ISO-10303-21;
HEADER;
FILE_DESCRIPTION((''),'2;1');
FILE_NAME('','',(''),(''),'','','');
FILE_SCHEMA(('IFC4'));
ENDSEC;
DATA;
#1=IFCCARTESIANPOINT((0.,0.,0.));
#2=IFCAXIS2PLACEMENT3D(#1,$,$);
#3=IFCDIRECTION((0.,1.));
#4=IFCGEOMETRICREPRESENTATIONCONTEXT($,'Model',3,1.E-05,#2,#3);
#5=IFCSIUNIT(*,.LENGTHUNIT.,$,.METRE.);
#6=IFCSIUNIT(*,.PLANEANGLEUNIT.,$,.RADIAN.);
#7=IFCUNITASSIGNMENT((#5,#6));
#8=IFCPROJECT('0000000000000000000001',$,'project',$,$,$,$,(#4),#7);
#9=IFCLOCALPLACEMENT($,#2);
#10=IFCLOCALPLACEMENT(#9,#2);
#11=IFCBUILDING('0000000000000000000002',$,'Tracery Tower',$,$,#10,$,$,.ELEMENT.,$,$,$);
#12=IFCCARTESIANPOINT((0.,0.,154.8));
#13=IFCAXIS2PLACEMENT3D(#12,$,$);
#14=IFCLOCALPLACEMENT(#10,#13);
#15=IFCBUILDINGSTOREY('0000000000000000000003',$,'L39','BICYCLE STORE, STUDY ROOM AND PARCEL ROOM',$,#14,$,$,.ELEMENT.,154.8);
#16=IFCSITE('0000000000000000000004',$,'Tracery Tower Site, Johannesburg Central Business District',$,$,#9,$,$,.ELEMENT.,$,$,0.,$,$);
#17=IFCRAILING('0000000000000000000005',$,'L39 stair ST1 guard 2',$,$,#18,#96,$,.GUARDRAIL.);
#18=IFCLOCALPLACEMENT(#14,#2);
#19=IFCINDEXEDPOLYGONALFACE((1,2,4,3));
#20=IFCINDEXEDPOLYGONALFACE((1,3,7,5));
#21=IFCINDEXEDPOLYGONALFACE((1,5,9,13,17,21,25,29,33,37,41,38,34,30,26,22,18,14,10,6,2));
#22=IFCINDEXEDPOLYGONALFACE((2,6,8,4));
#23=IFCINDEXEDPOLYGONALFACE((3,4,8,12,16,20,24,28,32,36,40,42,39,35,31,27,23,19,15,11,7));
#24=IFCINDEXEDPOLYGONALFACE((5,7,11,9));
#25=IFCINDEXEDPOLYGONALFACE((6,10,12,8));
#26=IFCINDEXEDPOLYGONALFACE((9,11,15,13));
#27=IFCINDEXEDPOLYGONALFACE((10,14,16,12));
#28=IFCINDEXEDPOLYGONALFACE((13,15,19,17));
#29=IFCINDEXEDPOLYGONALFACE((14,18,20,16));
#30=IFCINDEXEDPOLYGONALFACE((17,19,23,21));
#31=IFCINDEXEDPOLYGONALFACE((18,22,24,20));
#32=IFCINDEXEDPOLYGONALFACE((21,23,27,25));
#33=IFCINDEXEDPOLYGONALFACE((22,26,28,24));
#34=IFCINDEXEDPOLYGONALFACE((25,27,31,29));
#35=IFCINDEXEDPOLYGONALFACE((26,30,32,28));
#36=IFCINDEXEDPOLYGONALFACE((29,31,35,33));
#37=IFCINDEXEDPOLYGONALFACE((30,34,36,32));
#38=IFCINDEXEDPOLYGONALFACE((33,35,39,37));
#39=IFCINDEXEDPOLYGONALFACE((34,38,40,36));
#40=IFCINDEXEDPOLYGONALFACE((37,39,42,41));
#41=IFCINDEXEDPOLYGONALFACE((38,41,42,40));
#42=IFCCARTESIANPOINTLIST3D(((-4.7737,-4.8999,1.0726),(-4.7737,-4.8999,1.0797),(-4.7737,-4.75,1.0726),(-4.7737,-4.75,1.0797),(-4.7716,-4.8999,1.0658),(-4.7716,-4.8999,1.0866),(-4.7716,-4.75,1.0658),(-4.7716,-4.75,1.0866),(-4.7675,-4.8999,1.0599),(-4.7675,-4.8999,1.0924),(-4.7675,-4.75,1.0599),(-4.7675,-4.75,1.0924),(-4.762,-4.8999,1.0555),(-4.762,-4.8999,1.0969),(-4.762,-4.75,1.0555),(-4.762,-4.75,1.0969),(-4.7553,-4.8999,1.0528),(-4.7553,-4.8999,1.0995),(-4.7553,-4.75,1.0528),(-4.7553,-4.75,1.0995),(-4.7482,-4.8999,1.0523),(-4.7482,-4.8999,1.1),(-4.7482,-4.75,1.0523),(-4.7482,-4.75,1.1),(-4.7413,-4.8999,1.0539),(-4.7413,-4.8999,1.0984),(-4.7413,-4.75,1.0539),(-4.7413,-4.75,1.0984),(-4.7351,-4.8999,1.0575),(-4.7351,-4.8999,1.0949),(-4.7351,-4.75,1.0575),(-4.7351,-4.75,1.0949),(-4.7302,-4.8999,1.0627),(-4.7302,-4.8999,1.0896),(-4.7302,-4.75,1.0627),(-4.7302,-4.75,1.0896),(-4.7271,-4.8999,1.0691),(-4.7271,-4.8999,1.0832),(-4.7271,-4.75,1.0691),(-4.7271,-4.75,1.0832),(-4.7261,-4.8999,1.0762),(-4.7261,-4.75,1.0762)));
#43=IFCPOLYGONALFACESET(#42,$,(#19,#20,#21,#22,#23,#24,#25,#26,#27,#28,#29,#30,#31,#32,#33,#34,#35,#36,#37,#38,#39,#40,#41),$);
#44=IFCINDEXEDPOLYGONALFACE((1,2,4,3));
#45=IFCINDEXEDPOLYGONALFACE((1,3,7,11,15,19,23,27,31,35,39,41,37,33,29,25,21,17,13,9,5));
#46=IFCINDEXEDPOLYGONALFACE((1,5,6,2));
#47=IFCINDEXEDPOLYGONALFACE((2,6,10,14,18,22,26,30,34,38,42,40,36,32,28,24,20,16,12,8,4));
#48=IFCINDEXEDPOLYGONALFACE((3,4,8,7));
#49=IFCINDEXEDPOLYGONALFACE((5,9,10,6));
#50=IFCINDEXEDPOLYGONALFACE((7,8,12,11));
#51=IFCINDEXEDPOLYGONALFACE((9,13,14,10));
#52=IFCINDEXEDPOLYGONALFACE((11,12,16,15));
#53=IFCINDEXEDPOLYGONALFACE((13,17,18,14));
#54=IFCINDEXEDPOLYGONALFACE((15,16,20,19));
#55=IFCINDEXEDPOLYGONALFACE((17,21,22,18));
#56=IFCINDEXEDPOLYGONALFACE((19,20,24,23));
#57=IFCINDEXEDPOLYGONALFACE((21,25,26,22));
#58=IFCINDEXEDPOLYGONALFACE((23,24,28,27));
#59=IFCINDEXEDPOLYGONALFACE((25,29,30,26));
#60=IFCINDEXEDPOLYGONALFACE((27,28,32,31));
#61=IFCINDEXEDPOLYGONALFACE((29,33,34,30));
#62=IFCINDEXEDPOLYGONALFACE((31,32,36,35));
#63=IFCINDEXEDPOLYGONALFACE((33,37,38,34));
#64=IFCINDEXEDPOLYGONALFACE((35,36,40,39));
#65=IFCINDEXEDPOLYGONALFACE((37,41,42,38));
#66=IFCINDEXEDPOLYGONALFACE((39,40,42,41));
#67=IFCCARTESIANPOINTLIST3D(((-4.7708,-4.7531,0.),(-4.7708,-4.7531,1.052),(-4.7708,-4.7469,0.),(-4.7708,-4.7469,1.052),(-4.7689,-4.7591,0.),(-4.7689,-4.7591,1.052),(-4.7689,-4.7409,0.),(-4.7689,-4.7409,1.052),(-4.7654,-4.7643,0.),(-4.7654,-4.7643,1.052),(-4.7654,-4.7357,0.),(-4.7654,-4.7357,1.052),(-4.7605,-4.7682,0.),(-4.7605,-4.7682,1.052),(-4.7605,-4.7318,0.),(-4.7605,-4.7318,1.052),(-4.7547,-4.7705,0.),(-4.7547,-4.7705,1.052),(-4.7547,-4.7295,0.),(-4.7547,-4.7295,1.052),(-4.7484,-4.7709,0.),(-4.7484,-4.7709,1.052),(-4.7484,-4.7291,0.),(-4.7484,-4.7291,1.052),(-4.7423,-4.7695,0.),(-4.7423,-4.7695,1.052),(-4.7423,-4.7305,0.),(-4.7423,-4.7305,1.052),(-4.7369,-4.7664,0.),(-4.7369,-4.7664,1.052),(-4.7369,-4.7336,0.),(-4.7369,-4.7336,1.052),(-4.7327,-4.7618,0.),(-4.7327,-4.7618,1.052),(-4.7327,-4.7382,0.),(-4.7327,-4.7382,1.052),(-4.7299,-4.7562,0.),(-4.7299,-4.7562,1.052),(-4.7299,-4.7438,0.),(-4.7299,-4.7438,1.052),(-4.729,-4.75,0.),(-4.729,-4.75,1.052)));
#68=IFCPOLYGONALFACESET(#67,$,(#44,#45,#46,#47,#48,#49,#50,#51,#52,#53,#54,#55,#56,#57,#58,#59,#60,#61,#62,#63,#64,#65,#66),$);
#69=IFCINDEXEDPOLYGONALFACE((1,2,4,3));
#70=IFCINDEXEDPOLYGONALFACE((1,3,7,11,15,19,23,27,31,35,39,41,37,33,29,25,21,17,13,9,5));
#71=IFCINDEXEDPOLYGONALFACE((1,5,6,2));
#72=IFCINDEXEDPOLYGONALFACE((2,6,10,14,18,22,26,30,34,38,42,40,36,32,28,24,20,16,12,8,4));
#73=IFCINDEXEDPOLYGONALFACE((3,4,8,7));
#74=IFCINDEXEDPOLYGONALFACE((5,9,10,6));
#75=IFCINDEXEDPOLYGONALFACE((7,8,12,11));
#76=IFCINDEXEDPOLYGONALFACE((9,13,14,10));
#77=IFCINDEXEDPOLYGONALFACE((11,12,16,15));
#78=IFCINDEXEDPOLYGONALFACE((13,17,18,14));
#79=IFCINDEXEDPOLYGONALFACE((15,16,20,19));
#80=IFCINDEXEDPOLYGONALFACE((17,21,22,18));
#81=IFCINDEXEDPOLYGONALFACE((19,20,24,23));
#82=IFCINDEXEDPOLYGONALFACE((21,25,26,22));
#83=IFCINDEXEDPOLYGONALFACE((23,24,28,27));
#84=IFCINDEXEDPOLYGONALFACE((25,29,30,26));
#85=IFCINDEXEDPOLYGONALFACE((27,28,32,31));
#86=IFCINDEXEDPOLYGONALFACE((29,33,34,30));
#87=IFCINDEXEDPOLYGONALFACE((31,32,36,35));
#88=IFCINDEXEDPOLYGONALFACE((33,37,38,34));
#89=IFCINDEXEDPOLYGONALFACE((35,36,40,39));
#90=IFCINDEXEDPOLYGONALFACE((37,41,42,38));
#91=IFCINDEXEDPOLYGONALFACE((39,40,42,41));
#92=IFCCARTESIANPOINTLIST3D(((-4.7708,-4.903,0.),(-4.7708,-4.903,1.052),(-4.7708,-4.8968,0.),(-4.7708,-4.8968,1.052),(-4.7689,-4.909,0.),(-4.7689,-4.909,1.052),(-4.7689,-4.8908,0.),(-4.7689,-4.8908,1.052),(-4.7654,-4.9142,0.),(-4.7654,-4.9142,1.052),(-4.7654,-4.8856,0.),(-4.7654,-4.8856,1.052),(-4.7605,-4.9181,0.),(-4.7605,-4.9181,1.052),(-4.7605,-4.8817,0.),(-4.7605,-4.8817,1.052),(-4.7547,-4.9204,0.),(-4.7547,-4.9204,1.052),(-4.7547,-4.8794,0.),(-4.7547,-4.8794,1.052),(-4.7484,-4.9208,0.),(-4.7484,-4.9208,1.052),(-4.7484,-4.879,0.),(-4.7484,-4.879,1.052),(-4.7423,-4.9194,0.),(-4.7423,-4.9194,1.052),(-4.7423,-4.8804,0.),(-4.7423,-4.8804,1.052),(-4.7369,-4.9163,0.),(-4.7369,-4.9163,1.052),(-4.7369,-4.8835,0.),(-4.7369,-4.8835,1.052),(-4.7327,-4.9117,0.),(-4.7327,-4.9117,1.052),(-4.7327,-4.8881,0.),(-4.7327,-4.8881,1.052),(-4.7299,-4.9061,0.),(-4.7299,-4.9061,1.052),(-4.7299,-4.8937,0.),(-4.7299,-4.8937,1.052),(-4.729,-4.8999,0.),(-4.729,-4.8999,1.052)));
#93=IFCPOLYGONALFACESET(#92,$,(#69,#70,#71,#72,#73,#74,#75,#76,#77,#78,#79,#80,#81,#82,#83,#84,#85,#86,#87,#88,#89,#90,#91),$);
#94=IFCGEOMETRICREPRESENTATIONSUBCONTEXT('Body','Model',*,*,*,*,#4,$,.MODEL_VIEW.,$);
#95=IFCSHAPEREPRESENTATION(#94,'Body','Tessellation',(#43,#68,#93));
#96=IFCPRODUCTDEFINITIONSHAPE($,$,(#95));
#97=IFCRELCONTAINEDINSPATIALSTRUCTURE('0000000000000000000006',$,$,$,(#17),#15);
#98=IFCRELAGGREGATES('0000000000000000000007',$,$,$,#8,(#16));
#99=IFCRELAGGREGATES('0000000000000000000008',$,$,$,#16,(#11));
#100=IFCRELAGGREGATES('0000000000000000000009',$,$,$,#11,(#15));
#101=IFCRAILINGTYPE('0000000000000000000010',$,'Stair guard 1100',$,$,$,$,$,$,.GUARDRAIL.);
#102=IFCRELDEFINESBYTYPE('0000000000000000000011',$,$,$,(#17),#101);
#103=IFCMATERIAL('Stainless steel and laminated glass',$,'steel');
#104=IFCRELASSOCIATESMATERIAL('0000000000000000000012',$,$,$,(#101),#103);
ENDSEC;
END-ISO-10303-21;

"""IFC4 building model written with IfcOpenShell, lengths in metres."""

from ifc_helpers import new_model, si_unit, direction, frame, origin, origin_2d, place, context, subcontext, project, spatial, circle, extrude, material, type_object, element, save


model = new_model("IFC4")

# Units and contexts
model_context = context("Model", 3, precision=1e-05, world=origin(), true_north=direction((0.0, 1.0)))
body_context = subcontext(model_context, "Body", "Model", "MODEL_VIEW")
ifc_project = project(units=[si_unit("LENGTHUNIT", "METRE"), si_unit("PLANEANGLEUNIT", "RADIAN")], contexts=[model_context])

# Site, building, storey
site_placement = place(None, origin())
site = spatial("IfcSite", under=ifc_project, at=site_placement, Name="Tracery Tower Site, Johannesburg Central Business District", CompositionType="ELEMENT", RefElevation=0.0)
building_placement = place(site_placement, origin())
building = spatial("IfcBuilding", under=site, at=building_placement, Name="Tracery Tower", CompositionType="ELEMENT")
storey_placement = place(building_placement, frame((0.0, 0.0, 154.8)))
storey = spatial("IfcBuildingStorey", under=building, at=storey_placement, Name="L39", Description="BICYCLE STORE, STUDY ROOM AND PARCEL ROOM", CompositionType="ELEMENT", Elevation=154.8)

# Railing
ifc_material_1 = material(Name="Stainless steel and laminated glass", Category="steel")
railing_type_1 = type_object("IfcRailingType", Name="Stair guard 1100", PredefinedType="GUARDRAIL", material=ifc_material_1)
railing_1_placement = place(storey_placement, frame((-4.75, -4.75, 0.0)))
element("IfcRailing", 1, at=railing_1_placement, inside=storey, type_object=railing_type_1, Name="L39 stair ST1 guard 2", PredefinedType="GUARDRAIL", context=body_context, shape_type="SweptSolid", body=[
    extrude(circle(Radius=0.0239, at=origin_2d()), frame((0.0, 0.0, 1.0762), z_axis=(0.0, -1.0, 0.0), x_axis=(1.0, 0.0, 0.0)), (0.0, 0.0, 1.0), 0.1499),
    extrude(circle(Radius=0.021, at=origin_2d()), origin(), (0.0, 0.0, 1.0), 1.052),
    extrude(circle(Radius=0.021, at=origin_2d()), frame((0.0, -0.1499, 0.0)), (0.0, 0.0, 1.0), 1.052),
])

save(model, "model.ifc")
